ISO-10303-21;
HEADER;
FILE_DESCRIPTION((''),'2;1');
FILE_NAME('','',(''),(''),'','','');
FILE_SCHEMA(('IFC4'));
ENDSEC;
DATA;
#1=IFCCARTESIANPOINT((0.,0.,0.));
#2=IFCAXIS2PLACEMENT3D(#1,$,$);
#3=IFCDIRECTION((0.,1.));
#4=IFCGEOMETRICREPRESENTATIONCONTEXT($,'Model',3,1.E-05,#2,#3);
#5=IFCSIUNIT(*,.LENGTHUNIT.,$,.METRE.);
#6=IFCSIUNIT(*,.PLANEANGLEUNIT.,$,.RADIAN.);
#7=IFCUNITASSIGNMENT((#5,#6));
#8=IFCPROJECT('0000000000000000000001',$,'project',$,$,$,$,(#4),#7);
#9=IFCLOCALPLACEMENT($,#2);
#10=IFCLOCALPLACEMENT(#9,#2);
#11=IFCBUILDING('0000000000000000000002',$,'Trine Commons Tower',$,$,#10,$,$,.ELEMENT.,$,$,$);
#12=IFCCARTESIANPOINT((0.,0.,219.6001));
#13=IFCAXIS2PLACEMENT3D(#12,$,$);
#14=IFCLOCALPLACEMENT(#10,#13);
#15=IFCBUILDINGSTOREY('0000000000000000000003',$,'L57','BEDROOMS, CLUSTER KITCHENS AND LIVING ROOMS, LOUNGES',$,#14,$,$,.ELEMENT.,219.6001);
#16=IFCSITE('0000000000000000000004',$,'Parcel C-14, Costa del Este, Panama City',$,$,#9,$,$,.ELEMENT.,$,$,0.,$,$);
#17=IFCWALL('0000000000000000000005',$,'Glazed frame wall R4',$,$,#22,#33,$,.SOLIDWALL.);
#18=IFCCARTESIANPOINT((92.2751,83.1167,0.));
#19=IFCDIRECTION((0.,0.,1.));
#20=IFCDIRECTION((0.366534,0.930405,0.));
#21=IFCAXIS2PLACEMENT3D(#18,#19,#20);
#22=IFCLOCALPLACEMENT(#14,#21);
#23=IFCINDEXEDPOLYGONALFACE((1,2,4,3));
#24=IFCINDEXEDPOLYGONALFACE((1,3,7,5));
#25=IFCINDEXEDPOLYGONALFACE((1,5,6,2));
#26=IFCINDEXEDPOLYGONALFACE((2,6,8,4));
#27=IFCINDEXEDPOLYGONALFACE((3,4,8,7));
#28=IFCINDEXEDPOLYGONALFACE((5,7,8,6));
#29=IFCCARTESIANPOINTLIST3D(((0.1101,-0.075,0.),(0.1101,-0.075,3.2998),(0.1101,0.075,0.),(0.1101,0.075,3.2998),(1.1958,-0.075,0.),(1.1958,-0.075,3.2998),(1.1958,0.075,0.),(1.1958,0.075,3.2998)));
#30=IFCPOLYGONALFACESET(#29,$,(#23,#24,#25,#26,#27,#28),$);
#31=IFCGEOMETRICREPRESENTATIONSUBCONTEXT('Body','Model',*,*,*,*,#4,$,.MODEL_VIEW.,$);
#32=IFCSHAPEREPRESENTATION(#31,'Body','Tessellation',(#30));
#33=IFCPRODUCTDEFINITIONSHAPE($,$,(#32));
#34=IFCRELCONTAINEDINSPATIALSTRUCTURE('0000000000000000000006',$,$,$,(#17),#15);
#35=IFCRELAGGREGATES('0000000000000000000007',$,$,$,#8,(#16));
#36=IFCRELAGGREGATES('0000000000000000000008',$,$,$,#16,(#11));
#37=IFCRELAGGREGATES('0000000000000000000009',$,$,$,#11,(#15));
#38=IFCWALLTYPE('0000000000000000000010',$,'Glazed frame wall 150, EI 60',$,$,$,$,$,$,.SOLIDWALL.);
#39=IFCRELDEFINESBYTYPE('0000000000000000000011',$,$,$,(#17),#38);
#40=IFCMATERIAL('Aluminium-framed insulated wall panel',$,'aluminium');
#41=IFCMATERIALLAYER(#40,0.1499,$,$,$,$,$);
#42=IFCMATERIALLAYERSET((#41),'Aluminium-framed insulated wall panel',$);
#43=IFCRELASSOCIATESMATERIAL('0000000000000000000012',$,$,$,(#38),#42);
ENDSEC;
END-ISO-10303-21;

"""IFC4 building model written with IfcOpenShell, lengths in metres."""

from ifc_helpers import new_model, si_unit, direction, frame, origin, place, context, subcontext, project, spatial, polyline, outline, extrude, material, layer, layer_set, type_object, element, save


model = new_model("IFC4")

# Units and contexts
model_context = context("Model", 3, precision=1e-05, world=origin(), true_north=direction((0.0, 1.0)))
body_context = subcontext(model_context, "Body", "Model", "MODEL_VIEW")
ifc_project = project(units=[si_unit("LENGTHUNIT", "METRE"), si_unit("PLANEANGLEUNIT", "RADIAN")], contexts=[model_context])

# Site, building, storey
site_placement = place(None, origin())
site = spatial("IfcSite", under=ifc_project, at=site_placement, Name="Parcel C-14, Costa del Este, Panama City", CompositionType="ELEMENT", RefElevation=0.0)
building_placement = place(site_placement, origin())
building = spatial("IfcBuilding", under=site, at=building_placement, Name="Trine Commons Tower", CompositionType="ELEMENT")
storey_placement = place(building_placement, frame((0.0, 0.0, 219.6001)))
storey = spatial("IfcBuildingStorey", under=building, at=storey_placement, Name="L57", Description="BEDROOMS, CLUSTER KITCHENS AND LIVING ROOMS, LOUNGES", CompositionType="ELEMENT", Elevation=219.6001)

# Shared definitions
ifc_material_1 = material(Name="Aluminium-framed insulated wall panel", Category="aluminium")
ifc_layer_1 = layer(ifc_material_1, 0.1499)
ifc_layer_set_1 = layer_set([ifc_layer_1], Name="Aluminium-framed insulated wall panel")
wall_type_1 = type_object("IfcWallType", Name="Glazed frame wall 150, EI 60", PredefinedType="SOLIDWALL", material=ifc_layer_set_1)

# Wall
wall_1_placement = place(storey_placement, frame((92.2751, 83.1167, 0.0), z_axis=(0.0, 0.0, 1.0), x_axis=(0.366534, 0.930405, 0.0)))
element("IfcWall", 1, at=wall_1_placement, inside=storey, type_object=wall_type_1, Name="Glazed frame wall R4", PredefinedType="SOLIDWALL", context=body_context, shape_type="SweptSolid", body=[
    extrude(outline(polyline([(0.1101, 0.075), (0.1101, -0.075), (1.1958, -0.075), (1.1958, 0.075), (0.1101, 0.075)])), origin(), (0.0, 0.0, 1.0), 3.2998),
])

save(model, "model.ifc")
